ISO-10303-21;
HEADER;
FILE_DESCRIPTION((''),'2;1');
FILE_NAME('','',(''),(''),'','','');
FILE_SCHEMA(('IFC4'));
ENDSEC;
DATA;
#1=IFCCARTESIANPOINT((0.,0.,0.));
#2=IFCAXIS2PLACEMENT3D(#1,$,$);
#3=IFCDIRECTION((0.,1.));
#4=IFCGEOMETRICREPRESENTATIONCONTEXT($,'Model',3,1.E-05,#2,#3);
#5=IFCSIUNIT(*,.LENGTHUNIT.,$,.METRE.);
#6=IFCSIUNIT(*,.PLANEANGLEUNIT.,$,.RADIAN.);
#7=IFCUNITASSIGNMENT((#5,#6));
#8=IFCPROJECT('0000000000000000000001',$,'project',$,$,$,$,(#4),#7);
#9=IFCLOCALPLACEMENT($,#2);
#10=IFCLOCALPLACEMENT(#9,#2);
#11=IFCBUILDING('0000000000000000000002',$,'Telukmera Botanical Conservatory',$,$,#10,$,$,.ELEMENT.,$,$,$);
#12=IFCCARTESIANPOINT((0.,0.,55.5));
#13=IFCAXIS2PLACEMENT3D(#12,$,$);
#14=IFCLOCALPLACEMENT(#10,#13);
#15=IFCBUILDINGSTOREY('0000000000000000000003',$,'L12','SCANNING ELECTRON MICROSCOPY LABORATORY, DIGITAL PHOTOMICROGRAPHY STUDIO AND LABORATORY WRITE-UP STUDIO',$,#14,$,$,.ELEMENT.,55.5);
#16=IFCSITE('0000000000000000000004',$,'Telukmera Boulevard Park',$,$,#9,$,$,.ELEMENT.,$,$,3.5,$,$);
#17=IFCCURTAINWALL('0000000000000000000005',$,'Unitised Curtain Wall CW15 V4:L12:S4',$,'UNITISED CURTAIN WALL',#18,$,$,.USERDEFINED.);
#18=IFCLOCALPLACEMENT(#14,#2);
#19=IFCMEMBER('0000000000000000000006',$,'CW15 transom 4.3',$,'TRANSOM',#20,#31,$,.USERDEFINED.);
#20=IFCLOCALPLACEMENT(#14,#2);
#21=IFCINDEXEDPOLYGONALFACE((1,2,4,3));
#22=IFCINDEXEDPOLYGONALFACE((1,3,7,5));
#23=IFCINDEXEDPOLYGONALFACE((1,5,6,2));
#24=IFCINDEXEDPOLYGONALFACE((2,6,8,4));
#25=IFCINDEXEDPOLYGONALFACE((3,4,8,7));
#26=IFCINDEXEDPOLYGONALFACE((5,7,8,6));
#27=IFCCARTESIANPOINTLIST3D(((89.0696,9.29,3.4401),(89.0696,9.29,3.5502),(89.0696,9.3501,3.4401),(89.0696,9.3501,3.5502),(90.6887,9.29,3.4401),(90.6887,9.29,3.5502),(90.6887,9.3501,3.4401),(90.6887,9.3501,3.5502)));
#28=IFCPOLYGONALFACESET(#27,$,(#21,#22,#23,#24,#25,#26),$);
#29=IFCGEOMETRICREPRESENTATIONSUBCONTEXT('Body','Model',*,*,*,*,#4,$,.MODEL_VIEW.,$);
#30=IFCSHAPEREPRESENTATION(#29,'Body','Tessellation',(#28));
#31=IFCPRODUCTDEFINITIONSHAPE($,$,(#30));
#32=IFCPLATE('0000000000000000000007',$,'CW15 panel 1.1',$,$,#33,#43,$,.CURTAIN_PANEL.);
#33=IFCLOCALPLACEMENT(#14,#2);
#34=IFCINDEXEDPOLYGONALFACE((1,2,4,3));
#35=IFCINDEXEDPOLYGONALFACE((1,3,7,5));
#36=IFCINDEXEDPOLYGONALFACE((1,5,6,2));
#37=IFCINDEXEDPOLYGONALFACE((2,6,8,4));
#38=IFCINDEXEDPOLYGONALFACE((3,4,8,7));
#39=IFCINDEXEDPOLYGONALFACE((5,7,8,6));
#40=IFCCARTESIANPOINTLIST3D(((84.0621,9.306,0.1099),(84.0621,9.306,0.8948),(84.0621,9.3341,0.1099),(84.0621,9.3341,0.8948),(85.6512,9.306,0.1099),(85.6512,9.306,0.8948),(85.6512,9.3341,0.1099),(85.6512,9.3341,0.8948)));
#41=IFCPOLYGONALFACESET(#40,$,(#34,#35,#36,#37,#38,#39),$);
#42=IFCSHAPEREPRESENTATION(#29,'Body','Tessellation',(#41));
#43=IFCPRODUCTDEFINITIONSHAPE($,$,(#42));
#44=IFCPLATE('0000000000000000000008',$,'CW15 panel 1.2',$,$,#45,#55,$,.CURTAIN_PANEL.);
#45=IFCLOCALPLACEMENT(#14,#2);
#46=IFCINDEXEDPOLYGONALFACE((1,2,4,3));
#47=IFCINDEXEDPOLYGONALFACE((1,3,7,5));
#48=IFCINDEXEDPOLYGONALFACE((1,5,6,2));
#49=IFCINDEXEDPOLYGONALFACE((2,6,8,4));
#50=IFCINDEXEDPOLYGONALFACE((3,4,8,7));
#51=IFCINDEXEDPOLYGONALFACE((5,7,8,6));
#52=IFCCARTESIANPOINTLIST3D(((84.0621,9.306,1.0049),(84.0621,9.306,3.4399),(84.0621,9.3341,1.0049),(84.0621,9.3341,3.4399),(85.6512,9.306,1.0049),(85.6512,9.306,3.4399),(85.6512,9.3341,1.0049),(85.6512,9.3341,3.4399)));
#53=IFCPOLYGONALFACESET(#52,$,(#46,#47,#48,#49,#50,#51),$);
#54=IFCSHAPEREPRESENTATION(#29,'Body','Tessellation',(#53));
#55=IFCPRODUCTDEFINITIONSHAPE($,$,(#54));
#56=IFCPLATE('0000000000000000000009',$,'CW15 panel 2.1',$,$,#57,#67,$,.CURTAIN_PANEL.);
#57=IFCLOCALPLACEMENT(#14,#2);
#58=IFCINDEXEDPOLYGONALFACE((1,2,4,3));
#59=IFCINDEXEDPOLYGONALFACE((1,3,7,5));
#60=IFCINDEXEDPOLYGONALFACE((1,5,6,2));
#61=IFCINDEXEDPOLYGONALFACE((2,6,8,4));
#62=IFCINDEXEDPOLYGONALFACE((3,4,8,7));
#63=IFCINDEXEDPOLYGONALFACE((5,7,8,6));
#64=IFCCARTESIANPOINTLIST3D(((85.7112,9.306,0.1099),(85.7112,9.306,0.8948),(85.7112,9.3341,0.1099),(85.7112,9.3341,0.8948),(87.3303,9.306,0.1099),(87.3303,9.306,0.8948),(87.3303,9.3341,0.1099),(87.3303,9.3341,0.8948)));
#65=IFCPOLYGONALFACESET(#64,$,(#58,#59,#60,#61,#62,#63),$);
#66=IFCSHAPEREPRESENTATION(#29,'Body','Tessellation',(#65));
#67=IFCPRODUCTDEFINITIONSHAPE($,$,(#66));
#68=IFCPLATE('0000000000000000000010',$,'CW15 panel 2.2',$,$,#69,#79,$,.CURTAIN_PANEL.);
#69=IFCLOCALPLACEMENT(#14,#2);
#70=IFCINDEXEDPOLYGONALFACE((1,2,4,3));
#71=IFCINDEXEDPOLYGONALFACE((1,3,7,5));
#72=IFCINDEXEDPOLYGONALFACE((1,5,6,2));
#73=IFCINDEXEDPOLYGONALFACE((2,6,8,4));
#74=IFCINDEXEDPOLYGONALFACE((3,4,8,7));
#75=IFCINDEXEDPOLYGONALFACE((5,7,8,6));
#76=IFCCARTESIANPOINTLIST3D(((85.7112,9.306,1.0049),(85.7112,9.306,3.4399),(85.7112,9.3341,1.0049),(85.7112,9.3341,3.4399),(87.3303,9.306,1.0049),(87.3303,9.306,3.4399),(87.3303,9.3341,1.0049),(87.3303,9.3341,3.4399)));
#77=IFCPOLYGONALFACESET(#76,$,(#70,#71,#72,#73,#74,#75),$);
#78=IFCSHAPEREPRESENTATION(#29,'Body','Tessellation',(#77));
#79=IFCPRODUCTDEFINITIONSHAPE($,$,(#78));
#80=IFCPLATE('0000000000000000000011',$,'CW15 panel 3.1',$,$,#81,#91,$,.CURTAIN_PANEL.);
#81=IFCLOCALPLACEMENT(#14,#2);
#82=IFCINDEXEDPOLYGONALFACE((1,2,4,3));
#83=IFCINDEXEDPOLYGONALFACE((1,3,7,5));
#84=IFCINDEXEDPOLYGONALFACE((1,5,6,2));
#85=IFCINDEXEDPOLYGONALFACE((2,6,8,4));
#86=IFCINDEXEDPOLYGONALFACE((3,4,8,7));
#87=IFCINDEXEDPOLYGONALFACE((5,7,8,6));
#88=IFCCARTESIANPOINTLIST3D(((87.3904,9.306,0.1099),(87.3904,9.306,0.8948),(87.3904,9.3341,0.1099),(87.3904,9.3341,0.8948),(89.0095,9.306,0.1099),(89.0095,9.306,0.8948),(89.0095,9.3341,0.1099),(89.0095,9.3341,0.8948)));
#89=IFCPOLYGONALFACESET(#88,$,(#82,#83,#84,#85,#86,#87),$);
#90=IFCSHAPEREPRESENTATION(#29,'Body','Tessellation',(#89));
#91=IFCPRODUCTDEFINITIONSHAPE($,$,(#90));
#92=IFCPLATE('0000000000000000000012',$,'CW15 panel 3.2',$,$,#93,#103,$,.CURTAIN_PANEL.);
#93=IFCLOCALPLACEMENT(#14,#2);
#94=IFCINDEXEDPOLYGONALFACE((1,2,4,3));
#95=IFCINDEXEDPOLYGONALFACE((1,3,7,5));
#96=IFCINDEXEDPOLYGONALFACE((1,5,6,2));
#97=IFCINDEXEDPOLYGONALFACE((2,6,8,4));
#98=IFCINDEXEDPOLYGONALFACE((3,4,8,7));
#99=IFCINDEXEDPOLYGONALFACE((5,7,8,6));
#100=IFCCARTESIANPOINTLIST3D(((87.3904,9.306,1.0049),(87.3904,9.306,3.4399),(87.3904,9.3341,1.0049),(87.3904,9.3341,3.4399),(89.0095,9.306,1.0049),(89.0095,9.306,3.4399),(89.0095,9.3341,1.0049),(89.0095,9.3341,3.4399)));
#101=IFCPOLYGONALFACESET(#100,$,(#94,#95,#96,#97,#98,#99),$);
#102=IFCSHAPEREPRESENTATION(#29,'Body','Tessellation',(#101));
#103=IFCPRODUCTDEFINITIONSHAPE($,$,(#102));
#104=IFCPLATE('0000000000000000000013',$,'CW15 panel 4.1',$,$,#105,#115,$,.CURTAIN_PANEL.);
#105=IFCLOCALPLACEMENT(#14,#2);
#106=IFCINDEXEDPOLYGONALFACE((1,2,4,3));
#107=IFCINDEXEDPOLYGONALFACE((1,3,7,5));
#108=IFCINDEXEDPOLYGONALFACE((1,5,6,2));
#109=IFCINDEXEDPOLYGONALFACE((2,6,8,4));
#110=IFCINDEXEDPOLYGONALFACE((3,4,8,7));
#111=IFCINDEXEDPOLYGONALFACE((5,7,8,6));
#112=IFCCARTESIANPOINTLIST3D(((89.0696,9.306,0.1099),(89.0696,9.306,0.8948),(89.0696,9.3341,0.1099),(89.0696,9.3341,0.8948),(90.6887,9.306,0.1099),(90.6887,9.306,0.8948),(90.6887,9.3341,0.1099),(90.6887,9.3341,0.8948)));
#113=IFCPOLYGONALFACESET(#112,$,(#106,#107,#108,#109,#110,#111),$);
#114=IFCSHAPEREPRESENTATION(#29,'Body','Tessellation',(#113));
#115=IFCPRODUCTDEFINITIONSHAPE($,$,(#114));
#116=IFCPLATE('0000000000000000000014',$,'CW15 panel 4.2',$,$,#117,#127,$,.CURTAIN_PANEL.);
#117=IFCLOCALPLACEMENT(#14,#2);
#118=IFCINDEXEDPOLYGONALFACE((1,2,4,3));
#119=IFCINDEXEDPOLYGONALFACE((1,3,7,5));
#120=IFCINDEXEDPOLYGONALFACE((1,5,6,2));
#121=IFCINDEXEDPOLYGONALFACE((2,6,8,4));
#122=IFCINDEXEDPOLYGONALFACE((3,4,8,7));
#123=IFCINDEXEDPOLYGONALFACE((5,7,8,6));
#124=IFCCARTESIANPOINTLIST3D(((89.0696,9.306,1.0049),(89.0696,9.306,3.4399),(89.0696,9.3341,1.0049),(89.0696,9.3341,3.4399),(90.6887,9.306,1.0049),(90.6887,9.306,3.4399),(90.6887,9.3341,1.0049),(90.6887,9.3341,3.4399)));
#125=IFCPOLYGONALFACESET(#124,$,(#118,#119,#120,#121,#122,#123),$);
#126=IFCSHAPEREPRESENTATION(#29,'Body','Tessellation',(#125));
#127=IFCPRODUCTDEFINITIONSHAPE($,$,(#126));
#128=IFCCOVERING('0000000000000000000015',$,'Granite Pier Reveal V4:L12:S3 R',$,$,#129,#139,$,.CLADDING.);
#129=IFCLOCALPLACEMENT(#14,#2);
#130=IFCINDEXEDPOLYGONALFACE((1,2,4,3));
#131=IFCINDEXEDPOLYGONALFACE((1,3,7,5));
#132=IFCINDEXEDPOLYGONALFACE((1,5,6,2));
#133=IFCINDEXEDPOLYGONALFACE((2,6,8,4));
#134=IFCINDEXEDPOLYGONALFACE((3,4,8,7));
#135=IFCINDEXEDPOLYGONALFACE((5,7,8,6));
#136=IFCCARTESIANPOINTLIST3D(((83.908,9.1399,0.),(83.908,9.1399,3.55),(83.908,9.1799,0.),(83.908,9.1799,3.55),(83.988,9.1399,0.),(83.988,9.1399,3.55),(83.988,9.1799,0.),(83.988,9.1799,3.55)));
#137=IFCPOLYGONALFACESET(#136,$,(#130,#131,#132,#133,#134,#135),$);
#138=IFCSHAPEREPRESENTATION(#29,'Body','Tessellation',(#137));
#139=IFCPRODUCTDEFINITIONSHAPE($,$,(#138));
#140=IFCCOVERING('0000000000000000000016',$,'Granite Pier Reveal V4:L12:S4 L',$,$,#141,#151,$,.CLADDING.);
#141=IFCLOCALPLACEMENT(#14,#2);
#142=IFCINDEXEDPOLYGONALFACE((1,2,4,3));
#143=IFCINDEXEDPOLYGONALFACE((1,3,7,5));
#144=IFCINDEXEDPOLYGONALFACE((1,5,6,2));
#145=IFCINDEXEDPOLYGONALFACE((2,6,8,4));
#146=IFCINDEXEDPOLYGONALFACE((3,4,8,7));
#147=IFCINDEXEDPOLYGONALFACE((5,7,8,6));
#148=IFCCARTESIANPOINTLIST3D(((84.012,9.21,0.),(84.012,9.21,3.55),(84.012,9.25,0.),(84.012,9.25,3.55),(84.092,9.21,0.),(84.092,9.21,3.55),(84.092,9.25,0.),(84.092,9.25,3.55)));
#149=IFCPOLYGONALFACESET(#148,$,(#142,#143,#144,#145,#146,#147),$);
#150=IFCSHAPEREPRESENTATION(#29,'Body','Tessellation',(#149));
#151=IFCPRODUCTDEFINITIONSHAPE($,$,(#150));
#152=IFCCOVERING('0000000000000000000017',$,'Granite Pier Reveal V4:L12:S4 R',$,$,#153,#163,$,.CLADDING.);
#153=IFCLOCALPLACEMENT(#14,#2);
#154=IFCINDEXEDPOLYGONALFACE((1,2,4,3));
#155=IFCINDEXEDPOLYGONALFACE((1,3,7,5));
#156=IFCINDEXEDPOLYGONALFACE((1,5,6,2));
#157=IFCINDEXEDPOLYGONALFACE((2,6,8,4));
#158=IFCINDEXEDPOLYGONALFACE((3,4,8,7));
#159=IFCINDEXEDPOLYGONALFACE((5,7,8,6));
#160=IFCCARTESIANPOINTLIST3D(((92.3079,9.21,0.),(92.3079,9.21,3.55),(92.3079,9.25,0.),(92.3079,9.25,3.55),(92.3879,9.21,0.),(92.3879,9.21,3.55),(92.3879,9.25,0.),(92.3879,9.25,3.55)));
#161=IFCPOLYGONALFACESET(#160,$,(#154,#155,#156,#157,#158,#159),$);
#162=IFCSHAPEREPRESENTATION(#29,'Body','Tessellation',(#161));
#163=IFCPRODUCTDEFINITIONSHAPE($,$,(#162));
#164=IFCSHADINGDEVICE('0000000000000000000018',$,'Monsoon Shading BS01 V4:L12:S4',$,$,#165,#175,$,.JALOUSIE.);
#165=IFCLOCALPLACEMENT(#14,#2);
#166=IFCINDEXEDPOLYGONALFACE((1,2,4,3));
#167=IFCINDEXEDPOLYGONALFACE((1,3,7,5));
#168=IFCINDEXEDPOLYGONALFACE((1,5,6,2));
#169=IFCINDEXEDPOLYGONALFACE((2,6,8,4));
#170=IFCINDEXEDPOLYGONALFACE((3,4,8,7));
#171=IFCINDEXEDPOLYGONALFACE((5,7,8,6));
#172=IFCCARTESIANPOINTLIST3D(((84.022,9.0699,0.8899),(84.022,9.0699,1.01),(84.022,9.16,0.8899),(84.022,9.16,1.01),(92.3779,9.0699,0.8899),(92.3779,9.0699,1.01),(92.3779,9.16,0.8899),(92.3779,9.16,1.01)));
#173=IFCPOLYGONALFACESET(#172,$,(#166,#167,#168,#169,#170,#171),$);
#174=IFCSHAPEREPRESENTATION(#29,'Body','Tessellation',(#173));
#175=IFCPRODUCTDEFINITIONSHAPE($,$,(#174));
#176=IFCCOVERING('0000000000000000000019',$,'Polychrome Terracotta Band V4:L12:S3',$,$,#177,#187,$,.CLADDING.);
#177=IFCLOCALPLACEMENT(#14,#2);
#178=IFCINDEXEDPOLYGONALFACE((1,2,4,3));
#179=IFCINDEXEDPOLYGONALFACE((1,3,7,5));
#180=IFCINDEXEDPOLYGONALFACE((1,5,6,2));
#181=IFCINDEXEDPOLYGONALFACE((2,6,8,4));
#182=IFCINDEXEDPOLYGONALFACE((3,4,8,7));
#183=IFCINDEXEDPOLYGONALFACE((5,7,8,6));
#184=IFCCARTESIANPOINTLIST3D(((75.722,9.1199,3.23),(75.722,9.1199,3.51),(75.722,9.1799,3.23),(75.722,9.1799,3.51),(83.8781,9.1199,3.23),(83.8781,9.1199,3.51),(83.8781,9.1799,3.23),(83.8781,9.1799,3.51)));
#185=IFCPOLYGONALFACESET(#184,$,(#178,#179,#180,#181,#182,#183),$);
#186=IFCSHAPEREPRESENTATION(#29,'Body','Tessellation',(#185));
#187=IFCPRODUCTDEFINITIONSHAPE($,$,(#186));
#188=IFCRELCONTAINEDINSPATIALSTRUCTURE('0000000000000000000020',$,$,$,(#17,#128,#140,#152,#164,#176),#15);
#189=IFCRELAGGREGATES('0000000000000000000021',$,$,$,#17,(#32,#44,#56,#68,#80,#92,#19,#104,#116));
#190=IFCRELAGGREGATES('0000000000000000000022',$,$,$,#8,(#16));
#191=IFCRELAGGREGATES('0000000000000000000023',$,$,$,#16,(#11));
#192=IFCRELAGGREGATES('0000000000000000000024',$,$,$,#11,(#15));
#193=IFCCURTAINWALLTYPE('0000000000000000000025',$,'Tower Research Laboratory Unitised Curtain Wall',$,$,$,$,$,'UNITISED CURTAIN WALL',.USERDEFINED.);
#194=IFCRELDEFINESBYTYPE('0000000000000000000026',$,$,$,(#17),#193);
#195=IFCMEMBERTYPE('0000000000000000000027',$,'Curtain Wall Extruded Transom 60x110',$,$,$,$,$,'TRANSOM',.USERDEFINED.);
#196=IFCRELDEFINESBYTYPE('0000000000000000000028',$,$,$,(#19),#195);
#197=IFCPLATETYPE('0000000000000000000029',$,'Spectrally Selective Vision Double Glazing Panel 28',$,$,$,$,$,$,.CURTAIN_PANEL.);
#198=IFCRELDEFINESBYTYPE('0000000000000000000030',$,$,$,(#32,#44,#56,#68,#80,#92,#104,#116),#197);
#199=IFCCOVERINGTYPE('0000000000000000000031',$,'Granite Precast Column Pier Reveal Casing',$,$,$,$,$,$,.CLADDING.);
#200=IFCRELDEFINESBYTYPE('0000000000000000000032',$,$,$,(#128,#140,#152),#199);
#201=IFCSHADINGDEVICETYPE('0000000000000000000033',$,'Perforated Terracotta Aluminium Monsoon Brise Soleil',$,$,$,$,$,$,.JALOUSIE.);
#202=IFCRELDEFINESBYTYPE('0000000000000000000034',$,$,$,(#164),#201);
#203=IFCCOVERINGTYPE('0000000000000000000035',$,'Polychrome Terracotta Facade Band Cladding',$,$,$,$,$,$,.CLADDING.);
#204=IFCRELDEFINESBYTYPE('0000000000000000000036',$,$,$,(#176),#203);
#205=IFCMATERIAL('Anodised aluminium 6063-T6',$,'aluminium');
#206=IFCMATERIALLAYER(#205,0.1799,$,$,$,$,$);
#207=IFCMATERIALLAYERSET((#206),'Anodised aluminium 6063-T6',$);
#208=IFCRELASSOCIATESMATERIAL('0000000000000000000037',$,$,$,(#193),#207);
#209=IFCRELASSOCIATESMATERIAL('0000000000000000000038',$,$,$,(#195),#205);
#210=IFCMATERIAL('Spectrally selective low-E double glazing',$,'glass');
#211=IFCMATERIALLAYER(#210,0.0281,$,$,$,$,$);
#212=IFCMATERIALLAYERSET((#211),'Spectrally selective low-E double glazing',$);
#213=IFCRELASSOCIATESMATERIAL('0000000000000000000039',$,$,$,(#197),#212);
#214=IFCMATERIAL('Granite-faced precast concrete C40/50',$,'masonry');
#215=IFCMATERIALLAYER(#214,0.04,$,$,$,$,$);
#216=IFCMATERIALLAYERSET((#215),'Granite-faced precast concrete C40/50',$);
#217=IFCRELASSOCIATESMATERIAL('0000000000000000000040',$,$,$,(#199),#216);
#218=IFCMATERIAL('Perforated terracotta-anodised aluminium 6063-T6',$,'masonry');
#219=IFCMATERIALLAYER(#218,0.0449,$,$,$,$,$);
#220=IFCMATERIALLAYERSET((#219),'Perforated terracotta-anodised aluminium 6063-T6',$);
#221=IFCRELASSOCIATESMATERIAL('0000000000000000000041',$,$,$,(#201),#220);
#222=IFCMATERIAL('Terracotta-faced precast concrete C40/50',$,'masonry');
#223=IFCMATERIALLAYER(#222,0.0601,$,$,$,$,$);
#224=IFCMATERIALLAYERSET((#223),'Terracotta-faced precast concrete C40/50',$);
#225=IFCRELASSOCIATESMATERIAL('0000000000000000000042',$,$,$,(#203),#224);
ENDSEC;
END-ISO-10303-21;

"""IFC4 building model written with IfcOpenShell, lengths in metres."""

from ifc_helpers import new_model, si_unit, direction, frame, origin, origin_2d, place, context, subcontext, project, spatial, rectangle, extrude, material, layer, layer_set, material_profile, profile_set, type_object, element, aggregate, save


model = new_model("IFC4")

# Units and contexts
model_context = context("Model", 3, precision=1e-05, world=origin(), true_north=direction((0.0, 1.0)))
body_context = subcontext(model_context, "Body", "Model", "MODEL_VIEW")
ifc_project = project(units=[si_unit("LENGTHUNIT", "METRE"), si_unit("PLANEANGLEUNIT", "RADIAN")], contexts=[model_context])

# Site, building, storey
site_placement = place(None, origin())
site = spatial("IfcSite", under=ifc_project, at=site_placement, Name="Telukmera Boulevard Park", CompositionType="ELEMENT", RefElevation=3.5)
building_placement = place(site_placement, origin())
building = spatial("IfcBuilding", under=site, at=building_placement, Name="Telukmera Botanical Conservatory", CompositionType="ELEMENT")
storey_placement = place(building_placement, frame((0.0, 0.0, 55.5)))
storey = spatial("IfcBuildingStorey", under=building, at=storey_placement, Name="L12", Description="SCANNING ELECTRON MICROSCOPY LABORATORY, DIGITAL PHOTOMICROGRAPHY STUDIO AND LABORATORY WRITE-UP STUDIO", CompositionType="ELEMENT", Elevation=55.5)

# Curtain wall, member, plates
ifc_material_1 = material(Name="Anodised aluminium 6063-T6", Category="aluminium")
ifc_layer_1 = layer(ifc_material_1, 0.1799)
ifc_layer_set_1 = layer_set([ifc_layer_1], Name="Anodised aluminium 6063-T6")
curtain_wall_type = type_object("IfcCurtainWallType", Name="Tower Research Laboratory Unitised Curtain Wall", ElementType="UNITISED CURTAIN WALL", PredefinedType="USERDEFINED", material=ifc_layer_set_1)
curtain_wall_placement = place(storey_placement, origin())
curtain_wall = element("IfcCurtainWall", 1, at=curtain_wall_placement, inside=storey, type_object=curtain_wall_type, Name="Unitised Curtain Wall CW15 V4:L12:S4", ObjectType="UNITISED CURTAIN WALL", PredefinedType="USERDEFINED")
ifc_material_profile_1 = material_profile(ifc_material_1, rectangle(XDim=0.0601, YDim=0.1101, at=origin_2d()), Name="ALU TRAN 60x110")
ifc_profile_set_1 = profile_set([ifc_material_profile_1], Name="Anodised aluminium 6063-T6")
member_type_1 = type_object("IfcMemberType", Name="Curtain Wall Extruded Transom 60x110", ElementType="TRANSOM", PredefinedType="USERDEFINED", material=ifc_profile_set_1)
member_1_placement = place(storey_placement, frame((89.0696, 9.3201, 3.4951), z_axis=(1.0, 0.0, 0.0), x_axis=(0.0, 1.0, 0.0)))
member_1 = element("IfcMember", 2, at=member_1_placement, type_object=member_type_1, Name="CW15 transom 4.3", ObjectType="TRANSOM", PredefinedType="USERDEFINED", context=body_context, shape_type="SweptSolid", body=[
    extrude(rectangle(XDim=0.0601, YDim=0.1101, at=origin_2d()), origin(), (0.0, 0.0, 1.0), 1.6191),
])
ifc_material_2 = material(Name="Spectrally selective low-E double glazing", Category="glass")
ifc_layer_2 = layer(ifc_material_2, 0.0281)
ifc_layer_set_2 = layer_set([ifc_layer_2], Name="Spectrally selective low-E double glazing")
plate_type = type_object("IfcPlateType", Name="Spectrally Selective Vision Double Glazing Panel 28", PredefinedType="CURTAIN_PANEL", material=ifc_layer_set_2)
plate_1_placement = place(storey_placement, frame((84.8567, 9.3201, 0.1099), z_axis=(0.0, 0.0, 1.0), x_axis=(1.0, 0.0, 0.0)))
plate_1 = element("IfcPlate", 3, at=plate_1_placement, type_object=plate_type, Name="CW15 panel 1.1", PredefinedType="CURTAIN_PANEL", context=body_context, shape_type="SweptSolid", body=[
    extrude(rectangle(XDim=1.5891, YDim=0.0281, at=origin_2d()), origin(), (0.0, 0.0, 1.0), 0.7849),
])
plate_2_placement = place(storey_placement, frame((84.8567, 9.3201, 1.0049), z_axis=(0.0, 0.0, 1.0), x_axis=(1.0, 0.0, 0.0)))
plate_2 = element("IfcPlate", 4, at=plate_2_placement, type_object=plate_type, Name="CW15 panel 1.2", PredefinedType="CURTAIN_PANEL", context=body_context, shape_type="SweptSolid", body=[
    extrude(rectangle(XDim=1.5891, YDim=0.0281, at=origin_2d()), origin(), (0.0, 0.0, 1.0), 2.4351),
])
plate_3_placement = place(storey_placement, frame((86.5208, 9.3201, 0.1099), z_axis=(0.0, 0.0, 1.0), x_axis=(1.0, 0.0, 0.0)))
plate_3 = element("IfcPlate", 5, at=plate_3_placement, type_object=plate_type, Name="CW15 panel 2.1", PredefinedType="CURTAIN_PANEL", context=body_context, shape_type="SweptSolid", body=[
    extrude(rectangle(XDim=1.6191, YDim=0.0281, at=origin_2d()), origin(), (0.0, 0.0, 1.0), 0.7849),
])
plate_4_placement = place(storey_placement, frame((86.5208, 9.3201, 1.0049), z_axis=(0.0, 0.0, 1.0), x_axis=(1.0, 0.0, 0.0)))
plate_4 = element("IfcPlate", 6, at=plate_4_placement, type_object=plate_type, Name="CW15 panel 2.2", PredefinedType="CURTAIN_PANEL", context=body_context, shape_type="SweptSolid", body=[
    extrude(rectangle(XDim=1.6191, YDim=0.0281, at=origin_2d()), origin(), (0.0, 0.0, 1.0), 2.4351),
])
plate_5_placement = place(storey_placement, frame((88.2, 9.3201, 0.1099), z_axis=(0.0, 0.0, 1.0), x_axis=(1.0, 0.0, 0.0)))
plate_5 = element("IfcPlate", 7, at=plate_5_placement, type_object=plate_type, Name="CW15 panel 3.1", PredefinedType="CURTAIN_PANEL", context=body_context, shape_type="SweptSolid", body=[
    extrude(rectangle(XDim=1.6191, YDim=0.0281, at=origin_2d()), origin(), (0.0, 0.0, 1.0), 0.7849),
])
plate_6_placement = place(storey_placement, frame((88.2, 9.3201, 1.0049), z_axis=(0.0, 0.0, 1.0), x_axis=(1.0, 0.0, 0.0)))
plate_6 = element("IfcPlate", 8, at=plate_6_placement, type_object=plate_type, Name="CW15 panel 3.2", PredefinedType="CURTAIN_PANEL", context=body_context, shape_type="SweptSolid", body=[
    extrude(rectangle(XDim=1.6191, YDim=0.0281, at=origin_2d()), origin(), (0.0, 0.0, 1.0), 2.4351),
])
plate_7_placement = place(storey_placement, frame((89.8792, 9.3201, 0.1099), z_axis=(0.0, 0.0, 1.0), x_axis=(1.0, 0.0, 0.0)))
plate_7 = element("IfcPlate", 9, at=plate_7_placement, type_object=plate_type, Name="CW15 panel 4.1", PredefinedType="CURTAIN_PANEL", context=body_context, shape_type="SweptSolid", body=[
    extrude(rectangle(XDim=1.6191, YDim=0.0281, at=origin_2d()), origin(), (0.0, 0.0, 1.0), 0.7849),
])
plate_8_placement = place(storey_placement, frame((89.8792, 9.3201, 1.0049), z_axis=(0.0, 0.0, 1.0), x_axis=(1.0, 0.0, 0.0)))
plate_8 = element("IfcPlate", 10, at=plate_8_placement, type_object=plate_type, Name="CW15 panel 4.2", PredefinedType="CURTAIN_PANEL", context=body_context, shape_type="SweptSolid", body=[
    extrude(rectangle(XDim=1.6191, YDim=0.0281, at=origin_2d()), origin(), (0.0, 0.0, 1.0), 2.4351),
])
aggregate(curtain_wall, [plate_1, plate_2, plate_3, plate_4, plate_5, plate_6, member_1, plate_7, plate_8])

# Coverings
ifc_material_3 = material(Name="Granite-faced precast concrete C40/50", Category="masonry")
ifc_layer_3 = layer(ifc_material_3, 0.04)
ifc_layer_set_3 = layer_set([ifc_layer_3], Name="Granite-faced precast concrete C40/50")
covering_type_1 = type_object("IfcCoveringType", Name="Granite Precast Column Pier Reveal Casing", PredefinedType="CLADDING", material=ifc_layer_set_3)
for number, where, z_axis, x_axis, name in (
    (11, (83.948, 9.1599, 0.0), (0.0, 0.0, 1.0), (1.0, 0.0, 0.0), "Granite Pier Reveal V4:L12:S3 R"),
    (12, (84.052, 9.23, 0.0), (0.0, 0.0, 1.0), (1.0, 0.0, 0.0), "Granite Pier Reveal V4:L12:S4 L"),
    (13, (92.3479, 9.23, 0.0), (0.0, 0.0, 1.0), (1.0, 0.0, 0.0), "Granite Pier Reveal V4:L12:S4 R"),
):
    element("IfcCovering", number, at=place(storey_placement, frame(where, z_axis=z_axis, x_axis=x_axis)), inside=storey, type_object=covering_type_1, Name=name, PredefinedType="CLADDING", context=body_context, shape_type="SweptSolid", body=[
        extrude(rectangle(XDim=0.0801, YDim=0.04, at=origin_2d()), origin(), (0.0, 0.0, 1.0), 3.55),
    ])

# Shading device
ifc_material_4 = material(Name="Perforated terracotta-anodised aluminium 6063-T6", Category="masonry")
ifc_layer_4 = layer(ifc_material_4, 0.0449)
ifc_layer_set_4 = layer_set([ifc_layer_4], Name="Perforated terracotta-anodised aluminium 6063-T6")
shading_device_type = type_object("IfcShadingDeviceType", Name="Perforated Terracotta Aluminium Monsoon Brise Soleil", PredefinedType="JALOUSIE", material=ifc_layer_set_4)
shading_device_placement = place(storey_placement, frame((88.2, 9.115, 0.8899), z_axis=(0.0, 0.0, 1.0), x_axis=(1.0, 0.0, 0.0)))
element("IfcShadingDevice", 14, at=shading_device_placement, inside=storey, type_object=shading_device_type, Name="Monsoon Shading BS01 V4:L12:S4", PredefinedType="JALOUSIE", context=body_context, shape_type="SweptSolid", body=[
    extrude(rectangle(XDim=8.356, YDim=0.0901, at=origin_2d()), origin(), (0.0, 0.0, 1.0), 0.1201),
])

# Covering
ifc_material_5 = material(Name="Terracotta-faced precast concrete C40/50", Category="masonry")
ifc_layer_5 = layer(ifc_material_5, 0.0601)
ifc_layer_set_5 = layer_set([ifc_layer_5], Name="Terracotta-faced precast concrete C40/50")
covering_type_2 = type_object("IfcCoveringType", Name="Polychrome Terracotta Facade Band Cladding", PredefinedType="CLADDING", material=ifc_layer_set_5)
covering_placement = place(storey_placement, frame((79.8, 9.1499, 3.23), z_axis=(0.0, 0.0, 1.0), x_axis=(1.0, 0.0, 0.0)))
element("IfcCovering", 15, at=covering_placement, inside=storey, type_object=covering_type_2, Name="Polychrome Terracotta Band V4:L12:S3", PredefinedType="CLADDING", context=body_context, shape_type="SweptSolid", body=[
    extrude(rectangle(XDim=8.156, YDim=0.0601, at=origin_2d()), origin(), (0.0, 0.0, 1.0), 0.28),
])

save(model, "model.ifc")
